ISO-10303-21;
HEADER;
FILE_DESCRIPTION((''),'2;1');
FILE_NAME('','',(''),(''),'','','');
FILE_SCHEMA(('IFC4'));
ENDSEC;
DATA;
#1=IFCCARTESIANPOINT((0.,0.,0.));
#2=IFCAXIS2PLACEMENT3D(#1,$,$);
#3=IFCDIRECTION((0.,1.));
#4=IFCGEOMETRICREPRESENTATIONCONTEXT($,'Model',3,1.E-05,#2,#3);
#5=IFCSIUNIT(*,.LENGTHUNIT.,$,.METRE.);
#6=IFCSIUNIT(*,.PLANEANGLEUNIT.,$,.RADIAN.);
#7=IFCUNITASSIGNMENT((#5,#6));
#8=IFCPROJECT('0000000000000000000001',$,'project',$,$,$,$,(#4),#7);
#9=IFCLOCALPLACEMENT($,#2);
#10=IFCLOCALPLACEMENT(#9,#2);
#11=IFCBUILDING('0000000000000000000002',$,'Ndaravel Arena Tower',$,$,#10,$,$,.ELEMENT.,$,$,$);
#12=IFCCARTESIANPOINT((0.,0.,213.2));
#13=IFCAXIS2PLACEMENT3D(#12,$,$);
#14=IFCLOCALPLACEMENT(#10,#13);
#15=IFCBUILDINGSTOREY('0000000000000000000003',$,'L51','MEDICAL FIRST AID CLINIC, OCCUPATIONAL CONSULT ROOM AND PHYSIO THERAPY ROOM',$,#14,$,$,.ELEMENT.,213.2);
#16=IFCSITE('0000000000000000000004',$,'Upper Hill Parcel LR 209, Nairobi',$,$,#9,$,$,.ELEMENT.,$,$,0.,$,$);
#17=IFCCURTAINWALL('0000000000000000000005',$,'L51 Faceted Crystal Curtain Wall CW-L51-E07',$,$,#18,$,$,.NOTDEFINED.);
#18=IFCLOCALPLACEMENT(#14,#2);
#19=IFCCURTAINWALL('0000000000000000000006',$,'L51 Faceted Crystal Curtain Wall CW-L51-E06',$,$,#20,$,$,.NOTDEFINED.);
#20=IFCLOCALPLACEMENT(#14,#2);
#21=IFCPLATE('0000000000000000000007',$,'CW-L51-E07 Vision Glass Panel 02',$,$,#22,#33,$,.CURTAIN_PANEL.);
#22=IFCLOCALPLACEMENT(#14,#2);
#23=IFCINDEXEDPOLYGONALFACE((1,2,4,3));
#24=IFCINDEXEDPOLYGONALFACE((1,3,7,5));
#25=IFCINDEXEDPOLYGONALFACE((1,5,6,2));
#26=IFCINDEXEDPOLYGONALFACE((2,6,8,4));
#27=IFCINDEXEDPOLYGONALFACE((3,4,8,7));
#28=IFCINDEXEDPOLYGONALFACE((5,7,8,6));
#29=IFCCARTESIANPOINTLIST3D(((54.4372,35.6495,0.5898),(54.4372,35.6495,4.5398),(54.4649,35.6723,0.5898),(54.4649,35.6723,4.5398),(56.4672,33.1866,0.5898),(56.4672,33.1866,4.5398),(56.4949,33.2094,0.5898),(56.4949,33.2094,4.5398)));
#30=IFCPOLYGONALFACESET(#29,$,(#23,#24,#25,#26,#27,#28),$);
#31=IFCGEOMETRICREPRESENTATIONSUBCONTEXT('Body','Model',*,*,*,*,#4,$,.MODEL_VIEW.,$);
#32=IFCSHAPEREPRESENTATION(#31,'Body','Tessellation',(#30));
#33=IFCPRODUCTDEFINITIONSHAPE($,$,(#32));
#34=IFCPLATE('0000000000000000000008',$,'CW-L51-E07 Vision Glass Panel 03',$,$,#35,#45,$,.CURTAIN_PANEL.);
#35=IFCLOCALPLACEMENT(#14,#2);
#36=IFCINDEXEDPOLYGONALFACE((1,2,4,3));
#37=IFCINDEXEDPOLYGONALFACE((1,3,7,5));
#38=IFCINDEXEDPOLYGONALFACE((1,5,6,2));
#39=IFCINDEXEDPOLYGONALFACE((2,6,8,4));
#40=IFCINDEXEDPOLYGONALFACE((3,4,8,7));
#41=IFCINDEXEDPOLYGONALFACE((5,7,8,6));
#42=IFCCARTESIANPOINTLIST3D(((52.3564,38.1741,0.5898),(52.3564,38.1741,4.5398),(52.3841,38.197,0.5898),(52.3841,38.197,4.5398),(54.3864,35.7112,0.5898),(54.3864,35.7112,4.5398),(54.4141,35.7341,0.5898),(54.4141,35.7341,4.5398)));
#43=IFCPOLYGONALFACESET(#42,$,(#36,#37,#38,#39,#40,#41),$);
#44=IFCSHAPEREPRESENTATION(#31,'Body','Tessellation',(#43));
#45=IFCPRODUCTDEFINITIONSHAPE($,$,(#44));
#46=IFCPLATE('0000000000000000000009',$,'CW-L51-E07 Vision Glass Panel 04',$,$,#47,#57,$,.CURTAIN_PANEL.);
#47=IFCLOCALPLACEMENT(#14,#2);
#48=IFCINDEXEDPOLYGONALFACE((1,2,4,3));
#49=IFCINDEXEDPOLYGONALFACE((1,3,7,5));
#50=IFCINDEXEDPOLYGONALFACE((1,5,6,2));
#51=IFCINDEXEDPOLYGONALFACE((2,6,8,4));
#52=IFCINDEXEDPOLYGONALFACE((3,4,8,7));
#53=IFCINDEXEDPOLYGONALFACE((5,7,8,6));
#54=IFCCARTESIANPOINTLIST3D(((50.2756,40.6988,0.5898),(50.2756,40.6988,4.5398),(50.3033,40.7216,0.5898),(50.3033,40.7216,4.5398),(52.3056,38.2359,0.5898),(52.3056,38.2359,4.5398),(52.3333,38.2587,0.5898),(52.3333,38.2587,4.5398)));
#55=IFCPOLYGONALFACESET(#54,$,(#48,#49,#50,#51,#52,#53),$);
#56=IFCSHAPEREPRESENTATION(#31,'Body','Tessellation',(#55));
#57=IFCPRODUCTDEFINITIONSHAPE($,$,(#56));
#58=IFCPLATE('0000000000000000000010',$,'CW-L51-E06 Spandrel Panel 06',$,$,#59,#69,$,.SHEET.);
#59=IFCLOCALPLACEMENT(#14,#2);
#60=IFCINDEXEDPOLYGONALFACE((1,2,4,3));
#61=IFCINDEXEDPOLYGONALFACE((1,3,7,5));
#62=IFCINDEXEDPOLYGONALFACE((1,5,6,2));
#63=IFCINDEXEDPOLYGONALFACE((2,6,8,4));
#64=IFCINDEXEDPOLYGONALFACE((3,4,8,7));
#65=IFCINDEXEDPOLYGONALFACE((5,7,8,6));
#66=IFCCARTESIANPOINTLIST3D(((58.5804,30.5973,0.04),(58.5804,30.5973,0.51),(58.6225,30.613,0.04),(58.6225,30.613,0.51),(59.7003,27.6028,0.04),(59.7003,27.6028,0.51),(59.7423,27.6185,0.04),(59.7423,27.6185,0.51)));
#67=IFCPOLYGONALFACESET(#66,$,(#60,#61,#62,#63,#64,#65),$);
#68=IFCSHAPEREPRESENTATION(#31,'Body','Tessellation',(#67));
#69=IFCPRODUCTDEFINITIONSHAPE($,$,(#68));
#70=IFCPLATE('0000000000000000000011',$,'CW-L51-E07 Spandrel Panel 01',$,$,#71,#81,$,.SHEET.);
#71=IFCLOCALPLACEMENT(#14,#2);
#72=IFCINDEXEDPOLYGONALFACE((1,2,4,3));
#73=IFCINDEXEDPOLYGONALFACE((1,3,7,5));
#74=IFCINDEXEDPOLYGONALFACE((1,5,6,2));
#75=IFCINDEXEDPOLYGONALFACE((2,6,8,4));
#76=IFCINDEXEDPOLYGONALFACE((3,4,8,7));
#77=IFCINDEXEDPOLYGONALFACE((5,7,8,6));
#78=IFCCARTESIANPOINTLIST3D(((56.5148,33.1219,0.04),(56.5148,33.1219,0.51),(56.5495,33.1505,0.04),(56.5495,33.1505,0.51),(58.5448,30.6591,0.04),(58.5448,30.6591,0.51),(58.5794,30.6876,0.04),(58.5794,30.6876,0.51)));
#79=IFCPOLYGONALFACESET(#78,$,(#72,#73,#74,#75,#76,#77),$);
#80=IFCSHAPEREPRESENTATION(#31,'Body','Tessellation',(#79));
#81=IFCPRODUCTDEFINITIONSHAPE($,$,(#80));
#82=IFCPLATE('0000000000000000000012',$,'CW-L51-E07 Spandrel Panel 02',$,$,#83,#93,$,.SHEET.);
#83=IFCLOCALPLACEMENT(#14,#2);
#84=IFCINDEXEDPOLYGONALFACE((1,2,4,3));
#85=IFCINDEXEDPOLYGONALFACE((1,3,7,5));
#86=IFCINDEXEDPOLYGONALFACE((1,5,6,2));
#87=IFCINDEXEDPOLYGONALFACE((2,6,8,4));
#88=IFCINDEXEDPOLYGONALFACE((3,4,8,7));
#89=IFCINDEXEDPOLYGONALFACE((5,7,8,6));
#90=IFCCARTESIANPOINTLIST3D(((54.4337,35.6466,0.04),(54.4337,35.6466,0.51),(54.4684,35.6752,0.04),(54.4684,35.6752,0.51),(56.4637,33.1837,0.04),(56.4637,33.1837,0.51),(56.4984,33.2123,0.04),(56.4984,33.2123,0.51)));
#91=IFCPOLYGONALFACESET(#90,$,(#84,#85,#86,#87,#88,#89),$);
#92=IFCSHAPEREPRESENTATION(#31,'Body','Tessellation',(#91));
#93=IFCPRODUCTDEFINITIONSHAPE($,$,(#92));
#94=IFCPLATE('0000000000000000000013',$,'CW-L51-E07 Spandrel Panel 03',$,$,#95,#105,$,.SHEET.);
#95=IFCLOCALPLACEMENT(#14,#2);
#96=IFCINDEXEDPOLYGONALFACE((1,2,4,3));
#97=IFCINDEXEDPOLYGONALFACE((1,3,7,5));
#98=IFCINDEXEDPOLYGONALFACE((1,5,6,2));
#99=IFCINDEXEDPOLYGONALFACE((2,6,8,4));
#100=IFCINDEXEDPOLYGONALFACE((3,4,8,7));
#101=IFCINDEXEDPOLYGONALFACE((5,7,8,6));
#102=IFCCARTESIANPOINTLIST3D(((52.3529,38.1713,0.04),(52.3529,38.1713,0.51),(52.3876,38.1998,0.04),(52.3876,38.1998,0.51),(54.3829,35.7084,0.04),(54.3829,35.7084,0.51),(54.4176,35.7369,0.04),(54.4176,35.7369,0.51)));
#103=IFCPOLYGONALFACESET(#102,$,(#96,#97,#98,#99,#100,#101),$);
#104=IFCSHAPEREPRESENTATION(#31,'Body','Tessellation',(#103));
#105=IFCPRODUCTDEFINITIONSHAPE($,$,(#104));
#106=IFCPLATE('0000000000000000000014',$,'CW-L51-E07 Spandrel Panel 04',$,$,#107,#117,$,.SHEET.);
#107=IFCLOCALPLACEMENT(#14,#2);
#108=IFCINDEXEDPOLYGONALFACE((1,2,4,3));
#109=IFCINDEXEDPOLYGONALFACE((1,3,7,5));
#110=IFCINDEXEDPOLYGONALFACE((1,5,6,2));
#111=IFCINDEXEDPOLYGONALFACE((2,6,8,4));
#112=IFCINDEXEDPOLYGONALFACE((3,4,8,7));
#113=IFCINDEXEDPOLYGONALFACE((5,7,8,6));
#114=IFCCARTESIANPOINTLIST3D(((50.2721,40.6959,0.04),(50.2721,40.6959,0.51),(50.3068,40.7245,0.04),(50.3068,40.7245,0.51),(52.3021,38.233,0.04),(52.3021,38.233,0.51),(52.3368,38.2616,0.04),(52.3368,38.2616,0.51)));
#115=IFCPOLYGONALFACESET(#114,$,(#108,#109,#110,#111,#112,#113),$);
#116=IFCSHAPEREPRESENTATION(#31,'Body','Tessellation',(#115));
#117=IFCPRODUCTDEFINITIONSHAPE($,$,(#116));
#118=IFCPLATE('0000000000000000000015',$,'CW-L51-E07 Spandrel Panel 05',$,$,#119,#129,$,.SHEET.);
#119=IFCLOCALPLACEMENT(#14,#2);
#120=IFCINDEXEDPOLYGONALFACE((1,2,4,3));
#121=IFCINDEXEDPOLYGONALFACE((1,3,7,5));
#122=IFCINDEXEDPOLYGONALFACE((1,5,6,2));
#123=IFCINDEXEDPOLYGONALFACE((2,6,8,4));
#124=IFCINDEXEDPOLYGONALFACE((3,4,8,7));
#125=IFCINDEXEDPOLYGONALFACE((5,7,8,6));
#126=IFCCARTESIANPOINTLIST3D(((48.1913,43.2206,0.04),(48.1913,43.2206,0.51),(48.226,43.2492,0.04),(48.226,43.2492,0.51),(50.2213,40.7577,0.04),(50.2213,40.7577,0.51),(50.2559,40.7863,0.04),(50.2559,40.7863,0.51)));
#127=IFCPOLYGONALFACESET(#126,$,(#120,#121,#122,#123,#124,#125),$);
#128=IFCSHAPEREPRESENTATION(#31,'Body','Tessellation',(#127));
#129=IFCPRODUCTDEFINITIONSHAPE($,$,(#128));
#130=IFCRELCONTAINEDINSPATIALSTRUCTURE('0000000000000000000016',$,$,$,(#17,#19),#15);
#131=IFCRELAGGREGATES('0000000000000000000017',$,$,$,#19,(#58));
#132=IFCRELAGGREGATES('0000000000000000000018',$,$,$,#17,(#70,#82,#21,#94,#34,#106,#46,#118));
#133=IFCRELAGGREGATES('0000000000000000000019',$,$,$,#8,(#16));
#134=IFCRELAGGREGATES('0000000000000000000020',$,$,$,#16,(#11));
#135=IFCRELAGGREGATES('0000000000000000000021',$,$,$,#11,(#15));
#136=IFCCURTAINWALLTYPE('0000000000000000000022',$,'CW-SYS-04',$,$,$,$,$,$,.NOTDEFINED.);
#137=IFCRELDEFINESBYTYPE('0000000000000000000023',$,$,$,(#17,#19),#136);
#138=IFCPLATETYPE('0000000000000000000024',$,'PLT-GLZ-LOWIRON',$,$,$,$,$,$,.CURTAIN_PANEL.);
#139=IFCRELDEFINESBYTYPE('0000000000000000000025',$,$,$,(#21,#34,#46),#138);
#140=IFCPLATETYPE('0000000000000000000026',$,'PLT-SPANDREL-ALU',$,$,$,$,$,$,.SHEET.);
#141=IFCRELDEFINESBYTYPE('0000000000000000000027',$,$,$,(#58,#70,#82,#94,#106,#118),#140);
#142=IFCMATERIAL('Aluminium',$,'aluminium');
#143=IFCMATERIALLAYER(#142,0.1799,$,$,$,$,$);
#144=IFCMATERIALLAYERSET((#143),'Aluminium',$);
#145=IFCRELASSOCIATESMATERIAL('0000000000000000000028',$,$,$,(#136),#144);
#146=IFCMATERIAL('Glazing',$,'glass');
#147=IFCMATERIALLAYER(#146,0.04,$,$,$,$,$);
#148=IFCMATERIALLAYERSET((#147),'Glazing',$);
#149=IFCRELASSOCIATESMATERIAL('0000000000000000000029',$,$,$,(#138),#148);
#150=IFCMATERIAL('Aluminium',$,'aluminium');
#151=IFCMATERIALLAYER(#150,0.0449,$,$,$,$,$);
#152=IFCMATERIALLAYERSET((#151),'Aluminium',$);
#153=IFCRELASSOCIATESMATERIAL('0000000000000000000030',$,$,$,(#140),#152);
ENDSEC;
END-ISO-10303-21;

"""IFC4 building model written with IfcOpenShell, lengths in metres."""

from ifc_helpers import new_model, si_unit, direction, frame, origin, origin_2d, place, context, subcontext, project, spatial, rectangle, extrude, material, layer, layer_set, type_object, element, aggregate, save


model = new_model("IFC4")

# Units and contexts
model_context = context("Model", 3, precision=1e-05, world=origin(), true_north=direction((0.0, 1.0)))
body_context = subcontext(model_context, "Body", "Model", "MODEL_VIEW")
ifc_project = project(units=[si_unit("LENGTHUNIT", "METRE"), si_unit("PLANEANGLEUNIT", "RADIAN")], contexts=[model_context])

# Site, building, storey
site_placement = place(None, origin())
site = spatial("IfcSite", under=ifc_project, at=site_placement, Name="Upper Hill Parcel LR 209, Nairobi", CompositionType="ELEMENT", RefElevation=0.0)
building_placement = place(site_placement, origin())
building = spatial("IfcBuilding", under=site, at=building_placement, Name="Ndaravel Arena Tower", CompositionType="ELEMENT")
storey_placement = place(building_placement, frame((0.0, 0.0, 213.2)))
storey = spatial("IfcBuildingStorey", under=building, at=storey_placement, Name="L51", Description="MEDICAL FIRST AID CLINIC, OCCUPATIONAL CONSULT ROOM AND PHYSIO THERAPY ROOM", CompositionType="ELEMENT", Elevation=213.2)

# Curtain wall
ifc_material_1 = material(Name="Aluminium", Category="aluminium")
ifc_layer_1 = layer(ifc_material_1, 0.1799)
ifc_layer_set_1 = layer_set([ifc_layer_1], Name="Aluminium")
curtain_wall_type = type_object("IfcCurtainWallType", Name="CW-SYS-04", PredefinedType="NOTDEFINED", material=ifc_layer_set_1)
curtain_wall_1_placement = place(storey_placement, origin())
curtain_wall_1 = element("IfcCurtainWall", 1, at=curtain_wall_1_placement, inside=storey, type_object=curtain_wall_type, Name="L51 Faceted Crystal Curtain Wall CW-L51-E07", PredefinedType="NOTDEFINED")

# Curtain wall
curtain_wall_2_placement = place(storey_placement, origin())
curtain_wall_2 = element("IfcCurtainWall", 2, at=curtain_wall_2_placement, inside=storey, type_object=curtain_wall_type, Name="L51 Faceted Crystal Curtain Wall CW-L51-E06", PredefinedType="NOTDEFINED")
ifc_material_2 = material(Name="Glazing", Category="glass")
ifc_layer_2 = layer(ifc_material_2, 0.04)
ifc_layer_set_2 = layer_set([ifc_layer_2], Name="Glazing")
plate_type_1 = type_object("IfcPlateType", Name="PLT-GLZ-LOWIRON", PredefinedType="CURTAIN_PANEL", material=ifc_layer_set_2)

# Plates
plate_1_placement = place(storey_placement, frame((55.4661, 34.4294, 0.5898), z_axis=(0.0, 0.0, 1.0), x_axis=(-0.636024, 0.771669, 0.0)))
plate_1 = element("IfcPlate", 3, at=plate_1_placement, type_object=plate_type_1, Name="CW-L51-E07 Vision Glass Panel 02", PredefinedType="CURTAIN_PANEL", context=body_context, shape_type="SweptSolid", body=[
    extrude(rectangle(XDim=3.1917, YDim=0.0359, at=origin_2d()), origin(), (0.0, 0.0, 1.0), 3.95),
])
plate_2_placement = place(storey_placement, frame((53.3853, 36.9541, 0.5898), z_axis=(0.0, 0.0, 1.0), x_axis=(-0.636024, 0.771669, 0.0)))
plate_2 = element("IfcPlate", 4, at=plate_2_placement, type_object=plate_type_1, Name="CW-L51-E07 Vision Glass Panel 03", PredefinedType="CURTAIN_PANEL", context=body_context, shape_type="SweptSolid", body=[
    extrude(rectangle(XDim=3.1917, YDim=0.0359, at=origin_2d()), origin(), (0.0, 0.0, 1.0), 3.95),
])
plate_3_placement = place(storey_placement, frame((51.3044, 39.4788, 0.5898), z_axis=(0.0, 0.0, 1.0), x_axis=(-0.636024, 0.771669, 0.0)))
plate_3 = element("IfcPlate", 5, at=plate_3_placement, type_object=plate_type_1, Name="CW-L51-E07 Vision Glass Panel 04", PredefinedType="CURTAIN_PANEL", context=body_context, shape_type="SweptSolid", body=[
    extrude(rectangle(XDim=3.1917, YDim=0.0359, at=origin_2d()), origin(), (0.0, 0.0, 1.0), 3.95),
])
ifc_material_3 = material(Name="Aluminium", Category="aluminium")
ifc_layer_3 = layer(ifc_material_3, 0.0449)
ifc_layer_set_3 = layer_set([ifc_layer_3], Name="Aluminium")
plate_type_2 = type_object("IfcPlateType", Name="PLT-SPANDREL-ALU", PredefinedType="SHEET", material=ifc_layer_set_3)
plate_4_placement = place(storey_placement, frame((59.1614, 29.1079, 0.04), z_axis=(0.0, 0.0, 1.0), x_axis=(-0.350273, 0.936648, 0.0)))
plate_4 = element("IfcPlate", 6, at=plate_4_placement, type_object=plate_type_2, Name="CW-L51-E06 Spandrel Panel 06", PredefinedType="SHEET", context=body_context, shape_type="SweptSolid", body=[
    extrude(rectangle(XDim=3.197, YDim=0.0449, at=origin_2d()), origin(), (0.0, 0.0, 1.0), 0.47),
])
aggregate(curtain_wall_2, [plate_4])
plate_5_placement = place(storey_placement, frame((57.5471, 31.9048, 0.04), z_axis=(0.0, 0.0, 1.0), x_axis=(-0.636024, 0.771669, 0.0)))
plate_5 = element("IfcPlate", 7, at=plate_5_placement, type_object=plate_type_2, Name="CW-L51-E07 Spandrel Panel 01", PredefinedType="SHEET", context=body_context, shape_type="SweptSolid", body=[
    extrude(rectangle(XDim=3.1917, YDim=0.0449, at=origin_2d()), origin(), (0.0, 0.0, 1.0), 0.47),
])
plate_6_placement = place(storey_placement, frame((55.4661, 34.4294, 0.04), z_axis=(0.0, 0.0, 1.0), x_axis=(-0.636024, 0.771669, 0.0)))
plate_6 = element("IfcPlate", 8, at=plate_6_placement, type_object=plate_type_2, Name="CW-L51-E07 Spandrel Panel 02", PredefinedType="SHEET", context=body_context, shape_type="SweptSolid", body=[
    extrude(rectangle(XDim=3.1917, YDim=0.0449, at=origin_2d()), origin(), (0.0, 0.0, 1.0), 0.47),
])
plate_7_placement = place(storey_placement, frame((53.3853, 36.9541, 0.04), z_axis=(0.0, 0.0, 1.0), x_axis=(-0.636024, 0.771669, 0.0)))
plate_7 = element("IfcPlate", 9, at=plate_7_placement, type_object=plate_type_2, Name="CW-L51-E07 Spandrel Panel 03", PredefinedType="SHEET", context=body_context, shape_type="SweptSolid", body=[
    extrude(rectangle(XDim=3.1917, YDim=0.0449, at=origin_2d()), origin(), (0.0, 0.0, 1.0), 0.47),
])
plate_8_placement = place(storey_placement, frame((51.3044, 39.4788, 0.04), z_axis=(0.0, 0.0, 1.0), x_axis=(-0.636024, 0.771669, 0.0)))
plate_8 = element("IfcPlate", 10, at=plate_8_placement, type_object=plate_type_2, Name="CW-L51-E07 Spandrel Panel 04", PredefinedType="SHEET", context=body_context, shape_type="SweptSolid", body=[
    extrude(rectangle(XDim=3.1917, YDim=0.0449, at=origin_2d()), origin(), (0.0, 0.0, 1.0), 0.47),
])
plate_9_placement = place(storey_placement, frame((49.2236, 42.0034, 0.04), z_axis=(0.0, 0.0, 1.0), x_axis=(-0.636024, 0.771669, 0.0)))
plate_9 = element("IfcPlate", 11, at=plate_9_placement, type_object=plate_type_2, Name="CW-L51-E07 Spandrel Panel 05", PredefinedType="SHEET", context=body_context, shape_type="SweptSolid", body=[
    extrude(rectangle(XDim=3.1917, YDim=0.0449, at=origin_2d()), origin(), (0.0, 0.0, 1.0), 0.47),
])
aggregate(curtain_wall_1, [plate_5, plate_6, plate_1, plate_7, plate_2, plate_8, plate_3, plate_9])

save(model, "model.ifc")
